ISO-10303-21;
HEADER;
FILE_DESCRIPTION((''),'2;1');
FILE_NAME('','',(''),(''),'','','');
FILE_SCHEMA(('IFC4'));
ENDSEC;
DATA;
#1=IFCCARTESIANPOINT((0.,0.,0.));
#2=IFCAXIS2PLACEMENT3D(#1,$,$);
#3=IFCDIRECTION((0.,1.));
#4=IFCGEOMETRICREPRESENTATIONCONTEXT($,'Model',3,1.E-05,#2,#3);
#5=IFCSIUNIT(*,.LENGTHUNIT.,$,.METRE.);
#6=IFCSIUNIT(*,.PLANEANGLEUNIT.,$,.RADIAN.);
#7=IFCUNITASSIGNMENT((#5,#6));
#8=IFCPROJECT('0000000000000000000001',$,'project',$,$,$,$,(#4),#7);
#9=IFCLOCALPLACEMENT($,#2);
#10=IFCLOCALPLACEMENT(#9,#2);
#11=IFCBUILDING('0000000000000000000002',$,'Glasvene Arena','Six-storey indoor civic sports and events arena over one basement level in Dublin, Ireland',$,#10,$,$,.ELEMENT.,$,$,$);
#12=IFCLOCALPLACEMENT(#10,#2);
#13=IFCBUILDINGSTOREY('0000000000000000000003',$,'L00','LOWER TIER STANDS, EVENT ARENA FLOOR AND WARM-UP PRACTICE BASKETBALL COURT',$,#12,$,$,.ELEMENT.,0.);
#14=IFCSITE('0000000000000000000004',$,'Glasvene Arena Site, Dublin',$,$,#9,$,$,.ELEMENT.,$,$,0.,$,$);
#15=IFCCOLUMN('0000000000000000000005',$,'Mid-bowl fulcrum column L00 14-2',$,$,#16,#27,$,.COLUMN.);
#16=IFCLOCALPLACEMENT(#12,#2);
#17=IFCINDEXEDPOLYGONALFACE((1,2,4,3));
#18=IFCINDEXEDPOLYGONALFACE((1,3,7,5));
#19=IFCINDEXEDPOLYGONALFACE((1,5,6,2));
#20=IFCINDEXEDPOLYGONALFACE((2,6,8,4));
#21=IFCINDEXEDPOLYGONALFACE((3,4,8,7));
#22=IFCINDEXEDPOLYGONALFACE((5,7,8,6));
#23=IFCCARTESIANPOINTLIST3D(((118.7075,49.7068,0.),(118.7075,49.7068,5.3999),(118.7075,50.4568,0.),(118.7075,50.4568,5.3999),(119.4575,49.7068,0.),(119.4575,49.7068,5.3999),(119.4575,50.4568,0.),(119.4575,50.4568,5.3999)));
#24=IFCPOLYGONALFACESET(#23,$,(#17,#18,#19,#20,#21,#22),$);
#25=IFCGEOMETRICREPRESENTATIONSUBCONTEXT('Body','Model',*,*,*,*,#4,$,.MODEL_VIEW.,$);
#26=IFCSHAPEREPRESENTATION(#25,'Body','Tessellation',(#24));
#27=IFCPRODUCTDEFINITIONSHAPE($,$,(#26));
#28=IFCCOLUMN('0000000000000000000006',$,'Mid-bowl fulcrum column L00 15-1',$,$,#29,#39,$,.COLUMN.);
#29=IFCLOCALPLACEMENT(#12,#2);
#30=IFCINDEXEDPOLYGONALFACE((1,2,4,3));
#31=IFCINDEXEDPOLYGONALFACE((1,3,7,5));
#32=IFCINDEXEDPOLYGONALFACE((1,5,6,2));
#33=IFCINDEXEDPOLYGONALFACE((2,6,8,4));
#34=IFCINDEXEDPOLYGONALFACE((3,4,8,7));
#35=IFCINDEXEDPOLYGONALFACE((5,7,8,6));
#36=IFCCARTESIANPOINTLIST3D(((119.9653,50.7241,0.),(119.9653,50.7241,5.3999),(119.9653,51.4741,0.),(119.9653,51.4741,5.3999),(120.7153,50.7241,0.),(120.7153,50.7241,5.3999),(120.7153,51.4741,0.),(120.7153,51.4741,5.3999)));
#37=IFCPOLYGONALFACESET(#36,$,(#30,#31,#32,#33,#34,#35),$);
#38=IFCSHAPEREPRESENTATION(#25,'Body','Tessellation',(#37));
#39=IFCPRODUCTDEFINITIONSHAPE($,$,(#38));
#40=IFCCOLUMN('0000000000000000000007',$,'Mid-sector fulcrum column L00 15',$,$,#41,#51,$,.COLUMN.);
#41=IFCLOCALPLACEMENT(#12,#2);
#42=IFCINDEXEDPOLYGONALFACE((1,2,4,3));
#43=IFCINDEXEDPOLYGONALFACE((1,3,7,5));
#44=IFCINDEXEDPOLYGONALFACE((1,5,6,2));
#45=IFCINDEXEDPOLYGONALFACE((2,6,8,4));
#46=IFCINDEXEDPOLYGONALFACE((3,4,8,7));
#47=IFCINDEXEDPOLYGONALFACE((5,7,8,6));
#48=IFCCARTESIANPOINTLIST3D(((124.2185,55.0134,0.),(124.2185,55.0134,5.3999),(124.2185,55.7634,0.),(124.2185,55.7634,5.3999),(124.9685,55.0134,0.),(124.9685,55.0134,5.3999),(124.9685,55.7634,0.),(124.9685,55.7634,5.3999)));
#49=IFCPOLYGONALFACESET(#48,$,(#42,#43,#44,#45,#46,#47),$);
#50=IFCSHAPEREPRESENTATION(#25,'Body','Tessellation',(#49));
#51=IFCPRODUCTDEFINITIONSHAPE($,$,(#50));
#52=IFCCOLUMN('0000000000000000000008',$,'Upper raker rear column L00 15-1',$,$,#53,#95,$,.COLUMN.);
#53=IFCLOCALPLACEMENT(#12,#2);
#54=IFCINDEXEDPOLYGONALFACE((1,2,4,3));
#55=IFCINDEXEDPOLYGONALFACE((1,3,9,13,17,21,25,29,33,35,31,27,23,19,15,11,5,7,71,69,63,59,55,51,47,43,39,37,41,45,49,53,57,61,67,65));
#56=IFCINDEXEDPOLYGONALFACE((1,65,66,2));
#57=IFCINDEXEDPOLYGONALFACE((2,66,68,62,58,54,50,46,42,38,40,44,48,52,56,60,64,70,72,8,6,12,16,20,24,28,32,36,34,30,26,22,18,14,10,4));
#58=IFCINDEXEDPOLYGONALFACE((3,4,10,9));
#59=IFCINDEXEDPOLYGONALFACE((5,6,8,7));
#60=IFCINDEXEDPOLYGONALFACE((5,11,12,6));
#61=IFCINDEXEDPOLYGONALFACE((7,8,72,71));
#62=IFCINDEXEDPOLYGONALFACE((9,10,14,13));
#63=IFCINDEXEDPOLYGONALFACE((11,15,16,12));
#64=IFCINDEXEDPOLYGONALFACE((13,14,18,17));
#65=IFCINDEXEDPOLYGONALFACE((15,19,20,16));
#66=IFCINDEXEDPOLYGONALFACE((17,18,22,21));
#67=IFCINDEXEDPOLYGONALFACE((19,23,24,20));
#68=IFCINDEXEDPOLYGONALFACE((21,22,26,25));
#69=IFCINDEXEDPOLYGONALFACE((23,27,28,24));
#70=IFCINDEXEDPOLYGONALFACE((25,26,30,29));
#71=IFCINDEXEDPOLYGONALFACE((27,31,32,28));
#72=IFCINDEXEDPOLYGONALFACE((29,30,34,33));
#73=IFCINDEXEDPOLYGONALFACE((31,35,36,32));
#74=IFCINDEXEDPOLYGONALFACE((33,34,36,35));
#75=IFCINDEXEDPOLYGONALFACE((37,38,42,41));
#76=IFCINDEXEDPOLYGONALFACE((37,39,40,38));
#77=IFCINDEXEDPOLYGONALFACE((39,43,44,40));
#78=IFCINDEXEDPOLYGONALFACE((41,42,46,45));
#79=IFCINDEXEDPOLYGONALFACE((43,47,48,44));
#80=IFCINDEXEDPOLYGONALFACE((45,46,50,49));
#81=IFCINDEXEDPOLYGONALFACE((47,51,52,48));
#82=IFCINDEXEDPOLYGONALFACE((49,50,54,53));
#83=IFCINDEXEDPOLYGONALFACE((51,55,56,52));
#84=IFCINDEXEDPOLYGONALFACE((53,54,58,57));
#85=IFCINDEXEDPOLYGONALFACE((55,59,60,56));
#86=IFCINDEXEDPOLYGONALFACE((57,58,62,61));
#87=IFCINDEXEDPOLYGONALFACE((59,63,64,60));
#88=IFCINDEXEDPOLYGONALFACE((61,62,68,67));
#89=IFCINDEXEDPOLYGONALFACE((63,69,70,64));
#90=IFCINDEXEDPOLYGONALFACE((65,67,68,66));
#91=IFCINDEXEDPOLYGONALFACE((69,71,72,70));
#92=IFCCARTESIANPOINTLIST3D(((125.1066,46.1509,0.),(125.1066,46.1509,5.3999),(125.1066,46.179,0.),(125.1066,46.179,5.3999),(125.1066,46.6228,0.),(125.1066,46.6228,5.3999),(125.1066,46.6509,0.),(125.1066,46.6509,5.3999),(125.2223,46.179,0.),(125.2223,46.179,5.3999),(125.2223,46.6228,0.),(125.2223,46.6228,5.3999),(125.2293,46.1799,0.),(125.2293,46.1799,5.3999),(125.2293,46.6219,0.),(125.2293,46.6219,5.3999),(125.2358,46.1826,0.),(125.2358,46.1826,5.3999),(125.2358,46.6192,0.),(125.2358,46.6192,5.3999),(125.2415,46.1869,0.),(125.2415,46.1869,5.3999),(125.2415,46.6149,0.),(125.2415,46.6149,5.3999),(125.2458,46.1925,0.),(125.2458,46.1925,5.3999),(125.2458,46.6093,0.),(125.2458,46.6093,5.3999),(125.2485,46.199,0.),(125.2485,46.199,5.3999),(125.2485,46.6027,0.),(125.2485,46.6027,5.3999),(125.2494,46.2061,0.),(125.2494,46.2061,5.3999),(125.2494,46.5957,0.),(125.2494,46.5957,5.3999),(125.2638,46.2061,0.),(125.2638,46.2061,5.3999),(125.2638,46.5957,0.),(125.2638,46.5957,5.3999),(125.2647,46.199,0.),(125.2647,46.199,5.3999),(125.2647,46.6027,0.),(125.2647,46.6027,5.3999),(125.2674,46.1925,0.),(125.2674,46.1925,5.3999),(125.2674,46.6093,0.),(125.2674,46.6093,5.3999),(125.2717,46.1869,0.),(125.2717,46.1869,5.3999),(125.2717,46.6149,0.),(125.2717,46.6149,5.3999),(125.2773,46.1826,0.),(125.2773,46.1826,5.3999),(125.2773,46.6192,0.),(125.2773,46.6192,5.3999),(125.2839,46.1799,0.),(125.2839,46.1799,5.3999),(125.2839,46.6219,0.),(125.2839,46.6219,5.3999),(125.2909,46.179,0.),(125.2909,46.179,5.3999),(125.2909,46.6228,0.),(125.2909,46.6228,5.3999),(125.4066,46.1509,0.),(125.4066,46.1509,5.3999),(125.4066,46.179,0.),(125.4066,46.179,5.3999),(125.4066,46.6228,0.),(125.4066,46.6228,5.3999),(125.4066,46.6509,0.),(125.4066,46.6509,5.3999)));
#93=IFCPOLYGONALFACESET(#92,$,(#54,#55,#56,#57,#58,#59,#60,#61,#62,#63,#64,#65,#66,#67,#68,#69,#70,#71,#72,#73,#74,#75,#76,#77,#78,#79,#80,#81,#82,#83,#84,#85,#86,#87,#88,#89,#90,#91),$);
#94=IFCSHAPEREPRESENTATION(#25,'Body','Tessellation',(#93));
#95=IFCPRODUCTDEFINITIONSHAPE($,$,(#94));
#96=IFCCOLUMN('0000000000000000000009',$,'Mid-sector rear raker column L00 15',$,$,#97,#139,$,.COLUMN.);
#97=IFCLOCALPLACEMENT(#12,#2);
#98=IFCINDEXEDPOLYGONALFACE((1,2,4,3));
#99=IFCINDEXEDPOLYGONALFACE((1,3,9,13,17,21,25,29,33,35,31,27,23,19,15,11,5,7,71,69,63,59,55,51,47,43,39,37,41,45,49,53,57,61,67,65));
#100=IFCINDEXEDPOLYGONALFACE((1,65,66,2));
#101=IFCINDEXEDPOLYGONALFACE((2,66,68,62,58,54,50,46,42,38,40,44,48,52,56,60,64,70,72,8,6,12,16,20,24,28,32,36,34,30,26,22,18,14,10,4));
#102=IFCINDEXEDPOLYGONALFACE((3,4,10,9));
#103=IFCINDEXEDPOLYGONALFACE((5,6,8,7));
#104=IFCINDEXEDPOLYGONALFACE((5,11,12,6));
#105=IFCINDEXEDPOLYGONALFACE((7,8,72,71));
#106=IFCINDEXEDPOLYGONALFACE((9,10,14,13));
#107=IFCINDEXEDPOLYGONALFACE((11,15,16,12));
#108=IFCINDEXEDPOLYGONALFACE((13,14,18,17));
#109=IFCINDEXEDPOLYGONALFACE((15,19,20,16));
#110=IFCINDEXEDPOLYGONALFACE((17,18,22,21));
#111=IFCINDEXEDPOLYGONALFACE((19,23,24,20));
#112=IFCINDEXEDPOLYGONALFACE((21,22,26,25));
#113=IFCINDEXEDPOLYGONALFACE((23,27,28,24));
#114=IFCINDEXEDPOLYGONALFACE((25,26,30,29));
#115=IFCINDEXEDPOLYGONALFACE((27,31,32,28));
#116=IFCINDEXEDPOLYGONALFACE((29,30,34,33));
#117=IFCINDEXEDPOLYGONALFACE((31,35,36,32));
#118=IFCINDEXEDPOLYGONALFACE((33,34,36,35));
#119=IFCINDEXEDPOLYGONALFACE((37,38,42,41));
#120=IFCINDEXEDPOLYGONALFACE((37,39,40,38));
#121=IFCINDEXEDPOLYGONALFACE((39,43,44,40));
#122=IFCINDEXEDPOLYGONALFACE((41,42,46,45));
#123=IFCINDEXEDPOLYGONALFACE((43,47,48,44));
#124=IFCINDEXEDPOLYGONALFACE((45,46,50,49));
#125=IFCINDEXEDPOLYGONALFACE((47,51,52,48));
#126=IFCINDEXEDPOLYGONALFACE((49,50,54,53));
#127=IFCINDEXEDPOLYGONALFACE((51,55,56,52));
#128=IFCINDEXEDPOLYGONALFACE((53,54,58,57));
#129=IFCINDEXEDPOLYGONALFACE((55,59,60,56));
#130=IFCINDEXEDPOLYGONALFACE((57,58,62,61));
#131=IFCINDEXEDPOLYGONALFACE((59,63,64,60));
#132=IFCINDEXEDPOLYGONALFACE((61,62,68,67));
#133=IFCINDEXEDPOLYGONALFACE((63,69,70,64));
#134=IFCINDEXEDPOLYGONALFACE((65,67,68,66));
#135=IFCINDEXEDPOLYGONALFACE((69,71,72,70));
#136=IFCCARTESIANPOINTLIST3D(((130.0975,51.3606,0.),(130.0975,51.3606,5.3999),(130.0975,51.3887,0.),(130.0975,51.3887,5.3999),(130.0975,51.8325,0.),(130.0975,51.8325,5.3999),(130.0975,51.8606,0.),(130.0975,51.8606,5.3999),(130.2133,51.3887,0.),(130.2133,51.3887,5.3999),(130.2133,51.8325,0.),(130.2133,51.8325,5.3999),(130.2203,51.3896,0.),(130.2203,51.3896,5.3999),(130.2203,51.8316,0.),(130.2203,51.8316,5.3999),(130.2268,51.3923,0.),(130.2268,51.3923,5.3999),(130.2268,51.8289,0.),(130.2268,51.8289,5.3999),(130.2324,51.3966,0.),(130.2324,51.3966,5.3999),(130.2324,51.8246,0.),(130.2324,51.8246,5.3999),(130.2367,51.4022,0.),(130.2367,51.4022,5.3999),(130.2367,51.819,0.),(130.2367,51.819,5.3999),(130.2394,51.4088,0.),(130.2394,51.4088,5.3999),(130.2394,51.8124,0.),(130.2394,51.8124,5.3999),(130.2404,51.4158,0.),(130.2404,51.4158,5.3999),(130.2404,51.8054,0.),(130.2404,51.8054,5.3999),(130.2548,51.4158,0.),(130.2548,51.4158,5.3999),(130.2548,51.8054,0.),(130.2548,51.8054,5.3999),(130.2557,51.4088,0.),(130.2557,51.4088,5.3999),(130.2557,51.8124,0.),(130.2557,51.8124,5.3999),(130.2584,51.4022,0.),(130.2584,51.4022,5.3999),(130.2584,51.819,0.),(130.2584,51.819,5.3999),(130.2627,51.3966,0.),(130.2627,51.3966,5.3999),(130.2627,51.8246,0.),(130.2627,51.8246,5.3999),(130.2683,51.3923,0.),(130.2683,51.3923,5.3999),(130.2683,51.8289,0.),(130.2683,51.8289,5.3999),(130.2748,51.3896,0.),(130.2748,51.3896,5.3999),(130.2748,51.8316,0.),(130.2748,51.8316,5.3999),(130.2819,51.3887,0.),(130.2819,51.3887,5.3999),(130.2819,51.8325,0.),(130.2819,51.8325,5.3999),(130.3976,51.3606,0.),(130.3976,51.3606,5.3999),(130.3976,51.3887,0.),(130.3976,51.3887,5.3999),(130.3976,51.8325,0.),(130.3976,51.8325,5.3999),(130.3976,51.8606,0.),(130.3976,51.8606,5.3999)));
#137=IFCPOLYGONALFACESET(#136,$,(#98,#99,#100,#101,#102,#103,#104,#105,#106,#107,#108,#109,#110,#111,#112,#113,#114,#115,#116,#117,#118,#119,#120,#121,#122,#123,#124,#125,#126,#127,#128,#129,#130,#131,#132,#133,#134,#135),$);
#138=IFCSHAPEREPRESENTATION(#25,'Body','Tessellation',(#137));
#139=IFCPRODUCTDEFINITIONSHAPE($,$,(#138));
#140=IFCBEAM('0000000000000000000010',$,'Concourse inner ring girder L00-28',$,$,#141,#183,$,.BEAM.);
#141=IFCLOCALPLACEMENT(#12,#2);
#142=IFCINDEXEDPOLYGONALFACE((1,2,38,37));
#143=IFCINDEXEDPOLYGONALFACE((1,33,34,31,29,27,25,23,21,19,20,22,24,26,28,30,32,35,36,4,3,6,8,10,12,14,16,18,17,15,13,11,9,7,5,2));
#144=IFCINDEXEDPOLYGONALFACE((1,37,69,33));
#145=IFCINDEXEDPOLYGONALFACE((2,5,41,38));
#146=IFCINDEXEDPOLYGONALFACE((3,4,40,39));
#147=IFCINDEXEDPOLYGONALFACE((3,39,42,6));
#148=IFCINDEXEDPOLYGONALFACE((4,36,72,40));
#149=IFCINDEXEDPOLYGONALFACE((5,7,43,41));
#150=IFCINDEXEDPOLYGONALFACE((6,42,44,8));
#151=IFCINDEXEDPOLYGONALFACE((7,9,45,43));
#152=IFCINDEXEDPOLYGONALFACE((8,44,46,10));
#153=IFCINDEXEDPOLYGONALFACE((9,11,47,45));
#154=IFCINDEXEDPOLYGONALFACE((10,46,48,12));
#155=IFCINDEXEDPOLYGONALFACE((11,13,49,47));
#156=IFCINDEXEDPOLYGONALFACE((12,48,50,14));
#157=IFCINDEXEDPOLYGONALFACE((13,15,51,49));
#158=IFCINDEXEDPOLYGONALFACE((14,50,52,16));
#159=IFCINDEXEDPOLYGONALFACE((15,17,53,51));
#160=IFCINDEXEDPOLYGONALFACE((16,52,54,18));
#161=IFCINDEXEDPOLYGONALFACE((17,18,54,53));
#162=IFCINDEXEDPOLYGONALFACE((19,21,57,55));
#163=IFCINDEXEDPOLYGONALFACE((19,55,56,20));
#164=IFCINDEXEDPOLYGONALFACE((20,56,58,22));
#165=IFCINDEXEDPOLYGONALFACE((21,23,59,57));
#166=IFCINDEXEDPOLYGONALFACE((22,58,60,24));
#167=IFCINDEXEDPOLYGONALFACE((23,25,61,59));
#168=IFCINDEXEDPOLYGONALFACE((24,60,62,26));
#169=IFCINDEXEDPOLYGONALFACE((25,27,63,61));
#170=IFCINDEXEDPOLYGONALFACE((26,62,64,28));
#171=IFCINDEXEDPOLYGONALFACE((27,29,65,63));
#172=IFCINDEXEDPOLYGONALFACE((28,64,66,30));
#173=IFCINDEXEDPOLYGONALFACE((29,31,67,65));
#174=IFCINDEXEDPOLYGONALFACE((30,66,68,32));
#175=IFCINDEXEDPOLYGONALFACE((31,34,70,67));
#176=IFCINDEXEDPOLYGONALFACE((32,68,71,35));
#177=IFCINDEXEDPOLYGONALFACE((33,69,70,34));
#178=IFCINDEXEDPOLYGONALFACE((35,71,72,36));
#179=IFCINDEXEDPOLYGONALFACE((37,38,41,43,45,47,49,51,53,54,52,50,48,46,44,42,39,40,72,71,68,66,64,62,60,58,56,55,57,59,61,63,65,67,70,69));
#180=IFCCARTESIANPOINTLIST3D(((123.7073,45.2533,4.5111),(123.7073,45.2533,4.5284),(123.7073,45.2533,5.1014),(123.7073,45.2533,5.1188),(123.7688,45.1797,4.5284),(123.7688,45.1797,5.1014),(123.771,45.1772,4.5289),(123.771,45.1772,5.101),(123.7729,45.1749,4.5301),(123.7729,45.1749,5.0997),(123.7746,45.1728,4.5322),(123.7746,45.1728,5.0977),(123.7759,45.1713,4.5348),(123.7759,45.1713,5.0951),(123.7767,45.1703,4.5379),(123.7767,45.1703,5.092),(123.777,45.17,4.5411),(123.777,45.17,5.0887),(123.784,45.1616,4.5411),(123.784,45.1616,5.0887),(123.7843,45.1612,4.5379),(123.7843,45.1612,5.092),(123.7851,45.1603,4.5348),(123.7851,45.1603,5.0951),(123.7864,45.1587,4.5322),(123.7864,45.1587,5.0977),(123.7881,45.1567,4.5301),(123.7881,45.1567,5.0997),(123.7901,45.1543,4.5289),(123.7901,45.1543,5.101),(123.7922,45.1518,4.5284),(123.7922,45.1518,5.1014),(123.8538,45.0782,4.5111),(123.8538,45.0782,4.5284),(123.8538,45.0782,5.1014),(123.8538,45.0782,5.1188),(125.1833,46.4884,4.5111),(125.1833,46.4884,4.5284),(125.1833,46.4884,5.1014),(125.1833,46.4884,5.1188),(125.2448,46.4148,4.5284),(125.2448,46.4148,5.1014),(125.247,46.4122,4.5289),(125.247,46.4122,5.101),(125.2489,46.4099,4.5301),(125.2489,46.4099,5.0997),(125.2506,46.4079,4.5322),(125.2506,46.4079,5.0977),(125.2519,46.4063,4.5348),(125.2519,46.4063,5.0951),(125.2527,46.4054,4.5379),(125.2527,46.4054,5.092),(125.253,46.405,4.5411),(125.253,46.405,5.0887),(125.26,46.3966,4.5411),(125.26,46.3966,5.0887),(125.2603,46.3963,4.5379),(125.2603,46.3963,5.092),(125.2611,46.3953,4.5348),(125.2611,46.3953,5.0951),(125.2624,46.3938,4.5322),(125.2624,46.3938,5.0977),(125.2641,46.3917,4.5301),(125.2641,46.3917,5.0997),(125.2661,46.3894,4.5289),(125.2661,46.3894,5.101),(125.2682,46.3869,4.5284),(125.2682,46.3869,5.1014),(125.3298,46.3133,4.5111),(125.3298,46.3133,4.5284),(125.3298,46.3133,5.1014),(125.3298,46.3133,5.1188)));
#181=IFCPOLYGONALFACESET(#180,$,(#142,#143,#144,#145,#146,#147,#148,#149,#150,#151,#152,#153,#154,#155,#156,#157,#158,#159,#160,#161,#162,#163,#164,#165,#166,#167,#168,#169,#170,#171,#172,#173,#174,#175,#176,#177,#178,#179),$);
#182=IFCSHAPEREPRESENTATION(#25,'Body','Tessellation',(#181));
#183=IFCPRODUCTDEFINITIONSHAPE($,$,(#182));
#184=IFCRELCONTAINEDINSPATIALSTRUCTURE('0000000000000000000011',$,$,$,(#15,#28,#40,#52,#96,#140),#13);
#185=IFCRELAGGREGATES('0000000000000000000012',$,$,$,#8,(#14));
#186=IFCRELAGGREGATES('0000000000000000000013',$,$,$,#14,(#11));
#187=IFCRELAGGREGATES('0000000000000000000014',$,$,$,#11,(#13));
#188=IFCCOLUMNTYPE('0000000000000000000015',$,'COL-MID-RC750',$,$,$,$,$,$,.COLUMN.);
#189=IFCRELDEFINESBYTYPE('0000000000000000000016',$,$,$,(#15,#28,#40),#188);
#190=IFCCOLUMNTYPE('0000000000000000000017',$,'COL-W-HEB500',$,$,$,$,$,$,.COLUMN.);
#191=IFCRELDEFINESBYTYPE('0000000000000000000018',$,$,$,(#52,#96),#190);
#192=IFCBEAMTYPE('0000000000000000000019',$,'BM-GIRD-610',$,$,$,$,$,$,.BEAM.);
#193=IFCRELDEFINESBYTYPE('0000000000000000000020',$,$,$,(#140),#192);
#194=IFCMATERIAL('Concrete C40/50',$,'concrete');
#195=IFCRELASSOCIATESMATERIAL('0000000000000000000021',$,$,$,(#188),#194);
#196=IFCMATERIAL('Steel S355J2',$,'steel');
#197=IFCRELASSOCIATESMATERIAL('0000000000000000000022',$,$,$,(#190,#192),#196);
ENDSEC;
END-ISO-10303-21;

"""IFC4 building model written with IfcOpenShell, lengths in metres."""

from ifc_helpers import new_model, si_unit, direction, frame, origin, origin_2d, place, context, subcontext, project, spatial, rectangle, i_section, extrude, material, material_profile, profile_set, type_object, element, save


model = new_model("IFC4")

# Units and contexts
model_context = context("Model", 3, precision=1e-05, world=origin(), true_north=direction((0.0, 1.0)))
body_context = subcontext(model_context, "Body", "Model", "MODEL_VIEW")
ifc_project = project(units=[si_unit("LENGTHUNIT", "METRE"), si_unit("PLANEANGLEUNIT", "RADIAN")], contexts=[model_context])

# Site, building, storey
site_placement = place(None, origin())
site = spatial("IfcSite", under=ifc_project, at=site_placement, Name="Glasvene Arena Site, Dublin", CompositionType="ELEMENT", RefElevation=0.0)
building_placement = place(site_placement, origin())
building = spatial("IfcBuilding", under=site, at=building_placement, Name="Glasvene Arena", Description="Six-storey indoor civic sports and events arena over one basement level in Dublin, Ireland", CompositionType="ELEMENT")
storey_placement = place(building_placement, origin())
storey = spatial("IfcBuildingStorey", under=building, at=storey_placement, Name="L00", Description="LOWER TIER STANDS, EVENT ARENA FLOOR AND WARM-UP PRACTICE BASKETBALL COURT", CompositionType="ELEMENT", Elevation=0.0)

# Columns
ifc_material_1 = material(Name="Concrete C40/50", Category="concrete")
ifc_material_profile_1 = material_profile(ifc_material_1, rectangle(XDim=0.75, YDim=0.75, at=origin_2d()), Name="RC 750x750")
ifc_profile_set_1 = profile_set([ifc_material_profile_1], Name="Concrete C40/50")
column_type_1 = type_object("IfcColumnType", Name="COL-MID-RC750", PredefinedType="COLUMN", material=ifc_profile_set_1)
for number, where, z_axis, x_axis, name in (
    (1, (119.0825, 50.0818, 0.0), (0.0, 0.0, 1.0), (1.0, 0.0, 0.0), "Mid-bowl fulcrum column L00 14-2"),
    (2, (120.3403, 51.0991, 0.0), (0.0, 0.0, 1.0), (1.0, 0.0, 0.0), "Mid-bowl fulcrum column L00 15-1"),
    (3, (124.5935, 55.3884, 0.0), (0.0, 0.0, 1.0), (1.0, 0.0, 0.0), "Mid-sector fulcrum column L00 15"),
):
    element("IfcColumn", number, at=place(storey_placement, frame(where, z_axis=z_axis, x_axis=x_axis)), inside=storey, type_object=column_type_1, Name=name, PredefinedType="COLUMN", context=body_context, shape_type="SweptSolid", body=[
        extrude(rectangle(XDim=0.75, YDim=0.75, at=origin_2d()), origin(), (0.0, 0.0, 1.0), 5.3999),
    ])
ifc_material_2 = material(Name="Steel S355J2", Category="steel")
ifc_material_profile_2 = material_profile(ifc_material_2, i_section(OverallWidth=0.3, OverallDepth=0.5, WebThickness=0.0144, FlangeThickness=0.0281, FilletRadius=0.0271, at=origin_2d()), Name="HEB 500")
ifc_profile_set_2 = profile_set([ifc_material_profile_2], Name="Steel S355J2")
column_type_2 = type_object("IfcColumnType", Name="COL-W-HEB500", PredefinedType="COLUMN", material=ifc_profile_set_2)
for number, where, z_axis, x_axis, name in (
    (4, (125.2566, 46.4009, 0.0), (0.0, 0.0, 1.0), (1.0, 0.0, 0.0), "Upper raker rear column L00 15-1"),
    (5, (130.2476, 51.6106, 0.0), (0.0, 0.0, 1.0), (1.0, 0.0, 0.0), "Mid-sector rear raker column L00 15"),
):
    element("IfcColumn", number, at=place(storey_placement, frame(where, z_axis=z_axis, x_axis=x_axis)), inside=storey, type_object=column_type_2, Name=name, PredefinedType="COLUMN", context=body_context, shape_type="SweptSolid", body=[
        extrude(i_section(OverallWidth=0.3, OverallDepth=0.5, WebThickness=0.0144, FlangeThickness=0.0281, FilletRadius=0.0271, at=origin_2d()), origin(), (0.0, 0.0, 1.0), 5.3999),
    ])

# Beam
ifc_material_profile_3 = material_profile(ifc_material_2, i_section(OverallWidth=0.2283, OverallDepth=0.6077, WebThickness=0.011, FlangeThickness=0.0173, FilletRadius=0.0127, at=origin_2d()), Name="UKB 610x229x113")
ifc_profile_set_3 = profile_set([ifc_material_profile_3], Name="Steel S355J2")
beam_type_1 = type_object("IfcBeamType", Name="BM-GIRD-610", PredefinedType="BEAM", material=ifc_profile_set_3)
beam_1_placement = place(storey_placement, frame((123.7805, 45.1658, 4.8149), z_axis=(0.76693, 0.64173, 0.0), x_axis=(-0.64173, 0.76693, 0.0)))
element("IfcBeam", 6, at=beam_1_placement, inside=storey, type_object=beam_type_1, Name="Concourse inner ring girder L00-28", PredefinedType="BEAM", context=body_context, shape_type="SweptSolid", body=[
    extrude(i_section(OverallWidth=0.2283, OverallDepth=0.6077, WebThickness=0.011, FlangeThickness=0.0173, FilletRadius=0.0127, at=origin_2d()), origin(), (0.0, 0.0, 1.0), 1.9246),
])

save(model, "model.ifc")
